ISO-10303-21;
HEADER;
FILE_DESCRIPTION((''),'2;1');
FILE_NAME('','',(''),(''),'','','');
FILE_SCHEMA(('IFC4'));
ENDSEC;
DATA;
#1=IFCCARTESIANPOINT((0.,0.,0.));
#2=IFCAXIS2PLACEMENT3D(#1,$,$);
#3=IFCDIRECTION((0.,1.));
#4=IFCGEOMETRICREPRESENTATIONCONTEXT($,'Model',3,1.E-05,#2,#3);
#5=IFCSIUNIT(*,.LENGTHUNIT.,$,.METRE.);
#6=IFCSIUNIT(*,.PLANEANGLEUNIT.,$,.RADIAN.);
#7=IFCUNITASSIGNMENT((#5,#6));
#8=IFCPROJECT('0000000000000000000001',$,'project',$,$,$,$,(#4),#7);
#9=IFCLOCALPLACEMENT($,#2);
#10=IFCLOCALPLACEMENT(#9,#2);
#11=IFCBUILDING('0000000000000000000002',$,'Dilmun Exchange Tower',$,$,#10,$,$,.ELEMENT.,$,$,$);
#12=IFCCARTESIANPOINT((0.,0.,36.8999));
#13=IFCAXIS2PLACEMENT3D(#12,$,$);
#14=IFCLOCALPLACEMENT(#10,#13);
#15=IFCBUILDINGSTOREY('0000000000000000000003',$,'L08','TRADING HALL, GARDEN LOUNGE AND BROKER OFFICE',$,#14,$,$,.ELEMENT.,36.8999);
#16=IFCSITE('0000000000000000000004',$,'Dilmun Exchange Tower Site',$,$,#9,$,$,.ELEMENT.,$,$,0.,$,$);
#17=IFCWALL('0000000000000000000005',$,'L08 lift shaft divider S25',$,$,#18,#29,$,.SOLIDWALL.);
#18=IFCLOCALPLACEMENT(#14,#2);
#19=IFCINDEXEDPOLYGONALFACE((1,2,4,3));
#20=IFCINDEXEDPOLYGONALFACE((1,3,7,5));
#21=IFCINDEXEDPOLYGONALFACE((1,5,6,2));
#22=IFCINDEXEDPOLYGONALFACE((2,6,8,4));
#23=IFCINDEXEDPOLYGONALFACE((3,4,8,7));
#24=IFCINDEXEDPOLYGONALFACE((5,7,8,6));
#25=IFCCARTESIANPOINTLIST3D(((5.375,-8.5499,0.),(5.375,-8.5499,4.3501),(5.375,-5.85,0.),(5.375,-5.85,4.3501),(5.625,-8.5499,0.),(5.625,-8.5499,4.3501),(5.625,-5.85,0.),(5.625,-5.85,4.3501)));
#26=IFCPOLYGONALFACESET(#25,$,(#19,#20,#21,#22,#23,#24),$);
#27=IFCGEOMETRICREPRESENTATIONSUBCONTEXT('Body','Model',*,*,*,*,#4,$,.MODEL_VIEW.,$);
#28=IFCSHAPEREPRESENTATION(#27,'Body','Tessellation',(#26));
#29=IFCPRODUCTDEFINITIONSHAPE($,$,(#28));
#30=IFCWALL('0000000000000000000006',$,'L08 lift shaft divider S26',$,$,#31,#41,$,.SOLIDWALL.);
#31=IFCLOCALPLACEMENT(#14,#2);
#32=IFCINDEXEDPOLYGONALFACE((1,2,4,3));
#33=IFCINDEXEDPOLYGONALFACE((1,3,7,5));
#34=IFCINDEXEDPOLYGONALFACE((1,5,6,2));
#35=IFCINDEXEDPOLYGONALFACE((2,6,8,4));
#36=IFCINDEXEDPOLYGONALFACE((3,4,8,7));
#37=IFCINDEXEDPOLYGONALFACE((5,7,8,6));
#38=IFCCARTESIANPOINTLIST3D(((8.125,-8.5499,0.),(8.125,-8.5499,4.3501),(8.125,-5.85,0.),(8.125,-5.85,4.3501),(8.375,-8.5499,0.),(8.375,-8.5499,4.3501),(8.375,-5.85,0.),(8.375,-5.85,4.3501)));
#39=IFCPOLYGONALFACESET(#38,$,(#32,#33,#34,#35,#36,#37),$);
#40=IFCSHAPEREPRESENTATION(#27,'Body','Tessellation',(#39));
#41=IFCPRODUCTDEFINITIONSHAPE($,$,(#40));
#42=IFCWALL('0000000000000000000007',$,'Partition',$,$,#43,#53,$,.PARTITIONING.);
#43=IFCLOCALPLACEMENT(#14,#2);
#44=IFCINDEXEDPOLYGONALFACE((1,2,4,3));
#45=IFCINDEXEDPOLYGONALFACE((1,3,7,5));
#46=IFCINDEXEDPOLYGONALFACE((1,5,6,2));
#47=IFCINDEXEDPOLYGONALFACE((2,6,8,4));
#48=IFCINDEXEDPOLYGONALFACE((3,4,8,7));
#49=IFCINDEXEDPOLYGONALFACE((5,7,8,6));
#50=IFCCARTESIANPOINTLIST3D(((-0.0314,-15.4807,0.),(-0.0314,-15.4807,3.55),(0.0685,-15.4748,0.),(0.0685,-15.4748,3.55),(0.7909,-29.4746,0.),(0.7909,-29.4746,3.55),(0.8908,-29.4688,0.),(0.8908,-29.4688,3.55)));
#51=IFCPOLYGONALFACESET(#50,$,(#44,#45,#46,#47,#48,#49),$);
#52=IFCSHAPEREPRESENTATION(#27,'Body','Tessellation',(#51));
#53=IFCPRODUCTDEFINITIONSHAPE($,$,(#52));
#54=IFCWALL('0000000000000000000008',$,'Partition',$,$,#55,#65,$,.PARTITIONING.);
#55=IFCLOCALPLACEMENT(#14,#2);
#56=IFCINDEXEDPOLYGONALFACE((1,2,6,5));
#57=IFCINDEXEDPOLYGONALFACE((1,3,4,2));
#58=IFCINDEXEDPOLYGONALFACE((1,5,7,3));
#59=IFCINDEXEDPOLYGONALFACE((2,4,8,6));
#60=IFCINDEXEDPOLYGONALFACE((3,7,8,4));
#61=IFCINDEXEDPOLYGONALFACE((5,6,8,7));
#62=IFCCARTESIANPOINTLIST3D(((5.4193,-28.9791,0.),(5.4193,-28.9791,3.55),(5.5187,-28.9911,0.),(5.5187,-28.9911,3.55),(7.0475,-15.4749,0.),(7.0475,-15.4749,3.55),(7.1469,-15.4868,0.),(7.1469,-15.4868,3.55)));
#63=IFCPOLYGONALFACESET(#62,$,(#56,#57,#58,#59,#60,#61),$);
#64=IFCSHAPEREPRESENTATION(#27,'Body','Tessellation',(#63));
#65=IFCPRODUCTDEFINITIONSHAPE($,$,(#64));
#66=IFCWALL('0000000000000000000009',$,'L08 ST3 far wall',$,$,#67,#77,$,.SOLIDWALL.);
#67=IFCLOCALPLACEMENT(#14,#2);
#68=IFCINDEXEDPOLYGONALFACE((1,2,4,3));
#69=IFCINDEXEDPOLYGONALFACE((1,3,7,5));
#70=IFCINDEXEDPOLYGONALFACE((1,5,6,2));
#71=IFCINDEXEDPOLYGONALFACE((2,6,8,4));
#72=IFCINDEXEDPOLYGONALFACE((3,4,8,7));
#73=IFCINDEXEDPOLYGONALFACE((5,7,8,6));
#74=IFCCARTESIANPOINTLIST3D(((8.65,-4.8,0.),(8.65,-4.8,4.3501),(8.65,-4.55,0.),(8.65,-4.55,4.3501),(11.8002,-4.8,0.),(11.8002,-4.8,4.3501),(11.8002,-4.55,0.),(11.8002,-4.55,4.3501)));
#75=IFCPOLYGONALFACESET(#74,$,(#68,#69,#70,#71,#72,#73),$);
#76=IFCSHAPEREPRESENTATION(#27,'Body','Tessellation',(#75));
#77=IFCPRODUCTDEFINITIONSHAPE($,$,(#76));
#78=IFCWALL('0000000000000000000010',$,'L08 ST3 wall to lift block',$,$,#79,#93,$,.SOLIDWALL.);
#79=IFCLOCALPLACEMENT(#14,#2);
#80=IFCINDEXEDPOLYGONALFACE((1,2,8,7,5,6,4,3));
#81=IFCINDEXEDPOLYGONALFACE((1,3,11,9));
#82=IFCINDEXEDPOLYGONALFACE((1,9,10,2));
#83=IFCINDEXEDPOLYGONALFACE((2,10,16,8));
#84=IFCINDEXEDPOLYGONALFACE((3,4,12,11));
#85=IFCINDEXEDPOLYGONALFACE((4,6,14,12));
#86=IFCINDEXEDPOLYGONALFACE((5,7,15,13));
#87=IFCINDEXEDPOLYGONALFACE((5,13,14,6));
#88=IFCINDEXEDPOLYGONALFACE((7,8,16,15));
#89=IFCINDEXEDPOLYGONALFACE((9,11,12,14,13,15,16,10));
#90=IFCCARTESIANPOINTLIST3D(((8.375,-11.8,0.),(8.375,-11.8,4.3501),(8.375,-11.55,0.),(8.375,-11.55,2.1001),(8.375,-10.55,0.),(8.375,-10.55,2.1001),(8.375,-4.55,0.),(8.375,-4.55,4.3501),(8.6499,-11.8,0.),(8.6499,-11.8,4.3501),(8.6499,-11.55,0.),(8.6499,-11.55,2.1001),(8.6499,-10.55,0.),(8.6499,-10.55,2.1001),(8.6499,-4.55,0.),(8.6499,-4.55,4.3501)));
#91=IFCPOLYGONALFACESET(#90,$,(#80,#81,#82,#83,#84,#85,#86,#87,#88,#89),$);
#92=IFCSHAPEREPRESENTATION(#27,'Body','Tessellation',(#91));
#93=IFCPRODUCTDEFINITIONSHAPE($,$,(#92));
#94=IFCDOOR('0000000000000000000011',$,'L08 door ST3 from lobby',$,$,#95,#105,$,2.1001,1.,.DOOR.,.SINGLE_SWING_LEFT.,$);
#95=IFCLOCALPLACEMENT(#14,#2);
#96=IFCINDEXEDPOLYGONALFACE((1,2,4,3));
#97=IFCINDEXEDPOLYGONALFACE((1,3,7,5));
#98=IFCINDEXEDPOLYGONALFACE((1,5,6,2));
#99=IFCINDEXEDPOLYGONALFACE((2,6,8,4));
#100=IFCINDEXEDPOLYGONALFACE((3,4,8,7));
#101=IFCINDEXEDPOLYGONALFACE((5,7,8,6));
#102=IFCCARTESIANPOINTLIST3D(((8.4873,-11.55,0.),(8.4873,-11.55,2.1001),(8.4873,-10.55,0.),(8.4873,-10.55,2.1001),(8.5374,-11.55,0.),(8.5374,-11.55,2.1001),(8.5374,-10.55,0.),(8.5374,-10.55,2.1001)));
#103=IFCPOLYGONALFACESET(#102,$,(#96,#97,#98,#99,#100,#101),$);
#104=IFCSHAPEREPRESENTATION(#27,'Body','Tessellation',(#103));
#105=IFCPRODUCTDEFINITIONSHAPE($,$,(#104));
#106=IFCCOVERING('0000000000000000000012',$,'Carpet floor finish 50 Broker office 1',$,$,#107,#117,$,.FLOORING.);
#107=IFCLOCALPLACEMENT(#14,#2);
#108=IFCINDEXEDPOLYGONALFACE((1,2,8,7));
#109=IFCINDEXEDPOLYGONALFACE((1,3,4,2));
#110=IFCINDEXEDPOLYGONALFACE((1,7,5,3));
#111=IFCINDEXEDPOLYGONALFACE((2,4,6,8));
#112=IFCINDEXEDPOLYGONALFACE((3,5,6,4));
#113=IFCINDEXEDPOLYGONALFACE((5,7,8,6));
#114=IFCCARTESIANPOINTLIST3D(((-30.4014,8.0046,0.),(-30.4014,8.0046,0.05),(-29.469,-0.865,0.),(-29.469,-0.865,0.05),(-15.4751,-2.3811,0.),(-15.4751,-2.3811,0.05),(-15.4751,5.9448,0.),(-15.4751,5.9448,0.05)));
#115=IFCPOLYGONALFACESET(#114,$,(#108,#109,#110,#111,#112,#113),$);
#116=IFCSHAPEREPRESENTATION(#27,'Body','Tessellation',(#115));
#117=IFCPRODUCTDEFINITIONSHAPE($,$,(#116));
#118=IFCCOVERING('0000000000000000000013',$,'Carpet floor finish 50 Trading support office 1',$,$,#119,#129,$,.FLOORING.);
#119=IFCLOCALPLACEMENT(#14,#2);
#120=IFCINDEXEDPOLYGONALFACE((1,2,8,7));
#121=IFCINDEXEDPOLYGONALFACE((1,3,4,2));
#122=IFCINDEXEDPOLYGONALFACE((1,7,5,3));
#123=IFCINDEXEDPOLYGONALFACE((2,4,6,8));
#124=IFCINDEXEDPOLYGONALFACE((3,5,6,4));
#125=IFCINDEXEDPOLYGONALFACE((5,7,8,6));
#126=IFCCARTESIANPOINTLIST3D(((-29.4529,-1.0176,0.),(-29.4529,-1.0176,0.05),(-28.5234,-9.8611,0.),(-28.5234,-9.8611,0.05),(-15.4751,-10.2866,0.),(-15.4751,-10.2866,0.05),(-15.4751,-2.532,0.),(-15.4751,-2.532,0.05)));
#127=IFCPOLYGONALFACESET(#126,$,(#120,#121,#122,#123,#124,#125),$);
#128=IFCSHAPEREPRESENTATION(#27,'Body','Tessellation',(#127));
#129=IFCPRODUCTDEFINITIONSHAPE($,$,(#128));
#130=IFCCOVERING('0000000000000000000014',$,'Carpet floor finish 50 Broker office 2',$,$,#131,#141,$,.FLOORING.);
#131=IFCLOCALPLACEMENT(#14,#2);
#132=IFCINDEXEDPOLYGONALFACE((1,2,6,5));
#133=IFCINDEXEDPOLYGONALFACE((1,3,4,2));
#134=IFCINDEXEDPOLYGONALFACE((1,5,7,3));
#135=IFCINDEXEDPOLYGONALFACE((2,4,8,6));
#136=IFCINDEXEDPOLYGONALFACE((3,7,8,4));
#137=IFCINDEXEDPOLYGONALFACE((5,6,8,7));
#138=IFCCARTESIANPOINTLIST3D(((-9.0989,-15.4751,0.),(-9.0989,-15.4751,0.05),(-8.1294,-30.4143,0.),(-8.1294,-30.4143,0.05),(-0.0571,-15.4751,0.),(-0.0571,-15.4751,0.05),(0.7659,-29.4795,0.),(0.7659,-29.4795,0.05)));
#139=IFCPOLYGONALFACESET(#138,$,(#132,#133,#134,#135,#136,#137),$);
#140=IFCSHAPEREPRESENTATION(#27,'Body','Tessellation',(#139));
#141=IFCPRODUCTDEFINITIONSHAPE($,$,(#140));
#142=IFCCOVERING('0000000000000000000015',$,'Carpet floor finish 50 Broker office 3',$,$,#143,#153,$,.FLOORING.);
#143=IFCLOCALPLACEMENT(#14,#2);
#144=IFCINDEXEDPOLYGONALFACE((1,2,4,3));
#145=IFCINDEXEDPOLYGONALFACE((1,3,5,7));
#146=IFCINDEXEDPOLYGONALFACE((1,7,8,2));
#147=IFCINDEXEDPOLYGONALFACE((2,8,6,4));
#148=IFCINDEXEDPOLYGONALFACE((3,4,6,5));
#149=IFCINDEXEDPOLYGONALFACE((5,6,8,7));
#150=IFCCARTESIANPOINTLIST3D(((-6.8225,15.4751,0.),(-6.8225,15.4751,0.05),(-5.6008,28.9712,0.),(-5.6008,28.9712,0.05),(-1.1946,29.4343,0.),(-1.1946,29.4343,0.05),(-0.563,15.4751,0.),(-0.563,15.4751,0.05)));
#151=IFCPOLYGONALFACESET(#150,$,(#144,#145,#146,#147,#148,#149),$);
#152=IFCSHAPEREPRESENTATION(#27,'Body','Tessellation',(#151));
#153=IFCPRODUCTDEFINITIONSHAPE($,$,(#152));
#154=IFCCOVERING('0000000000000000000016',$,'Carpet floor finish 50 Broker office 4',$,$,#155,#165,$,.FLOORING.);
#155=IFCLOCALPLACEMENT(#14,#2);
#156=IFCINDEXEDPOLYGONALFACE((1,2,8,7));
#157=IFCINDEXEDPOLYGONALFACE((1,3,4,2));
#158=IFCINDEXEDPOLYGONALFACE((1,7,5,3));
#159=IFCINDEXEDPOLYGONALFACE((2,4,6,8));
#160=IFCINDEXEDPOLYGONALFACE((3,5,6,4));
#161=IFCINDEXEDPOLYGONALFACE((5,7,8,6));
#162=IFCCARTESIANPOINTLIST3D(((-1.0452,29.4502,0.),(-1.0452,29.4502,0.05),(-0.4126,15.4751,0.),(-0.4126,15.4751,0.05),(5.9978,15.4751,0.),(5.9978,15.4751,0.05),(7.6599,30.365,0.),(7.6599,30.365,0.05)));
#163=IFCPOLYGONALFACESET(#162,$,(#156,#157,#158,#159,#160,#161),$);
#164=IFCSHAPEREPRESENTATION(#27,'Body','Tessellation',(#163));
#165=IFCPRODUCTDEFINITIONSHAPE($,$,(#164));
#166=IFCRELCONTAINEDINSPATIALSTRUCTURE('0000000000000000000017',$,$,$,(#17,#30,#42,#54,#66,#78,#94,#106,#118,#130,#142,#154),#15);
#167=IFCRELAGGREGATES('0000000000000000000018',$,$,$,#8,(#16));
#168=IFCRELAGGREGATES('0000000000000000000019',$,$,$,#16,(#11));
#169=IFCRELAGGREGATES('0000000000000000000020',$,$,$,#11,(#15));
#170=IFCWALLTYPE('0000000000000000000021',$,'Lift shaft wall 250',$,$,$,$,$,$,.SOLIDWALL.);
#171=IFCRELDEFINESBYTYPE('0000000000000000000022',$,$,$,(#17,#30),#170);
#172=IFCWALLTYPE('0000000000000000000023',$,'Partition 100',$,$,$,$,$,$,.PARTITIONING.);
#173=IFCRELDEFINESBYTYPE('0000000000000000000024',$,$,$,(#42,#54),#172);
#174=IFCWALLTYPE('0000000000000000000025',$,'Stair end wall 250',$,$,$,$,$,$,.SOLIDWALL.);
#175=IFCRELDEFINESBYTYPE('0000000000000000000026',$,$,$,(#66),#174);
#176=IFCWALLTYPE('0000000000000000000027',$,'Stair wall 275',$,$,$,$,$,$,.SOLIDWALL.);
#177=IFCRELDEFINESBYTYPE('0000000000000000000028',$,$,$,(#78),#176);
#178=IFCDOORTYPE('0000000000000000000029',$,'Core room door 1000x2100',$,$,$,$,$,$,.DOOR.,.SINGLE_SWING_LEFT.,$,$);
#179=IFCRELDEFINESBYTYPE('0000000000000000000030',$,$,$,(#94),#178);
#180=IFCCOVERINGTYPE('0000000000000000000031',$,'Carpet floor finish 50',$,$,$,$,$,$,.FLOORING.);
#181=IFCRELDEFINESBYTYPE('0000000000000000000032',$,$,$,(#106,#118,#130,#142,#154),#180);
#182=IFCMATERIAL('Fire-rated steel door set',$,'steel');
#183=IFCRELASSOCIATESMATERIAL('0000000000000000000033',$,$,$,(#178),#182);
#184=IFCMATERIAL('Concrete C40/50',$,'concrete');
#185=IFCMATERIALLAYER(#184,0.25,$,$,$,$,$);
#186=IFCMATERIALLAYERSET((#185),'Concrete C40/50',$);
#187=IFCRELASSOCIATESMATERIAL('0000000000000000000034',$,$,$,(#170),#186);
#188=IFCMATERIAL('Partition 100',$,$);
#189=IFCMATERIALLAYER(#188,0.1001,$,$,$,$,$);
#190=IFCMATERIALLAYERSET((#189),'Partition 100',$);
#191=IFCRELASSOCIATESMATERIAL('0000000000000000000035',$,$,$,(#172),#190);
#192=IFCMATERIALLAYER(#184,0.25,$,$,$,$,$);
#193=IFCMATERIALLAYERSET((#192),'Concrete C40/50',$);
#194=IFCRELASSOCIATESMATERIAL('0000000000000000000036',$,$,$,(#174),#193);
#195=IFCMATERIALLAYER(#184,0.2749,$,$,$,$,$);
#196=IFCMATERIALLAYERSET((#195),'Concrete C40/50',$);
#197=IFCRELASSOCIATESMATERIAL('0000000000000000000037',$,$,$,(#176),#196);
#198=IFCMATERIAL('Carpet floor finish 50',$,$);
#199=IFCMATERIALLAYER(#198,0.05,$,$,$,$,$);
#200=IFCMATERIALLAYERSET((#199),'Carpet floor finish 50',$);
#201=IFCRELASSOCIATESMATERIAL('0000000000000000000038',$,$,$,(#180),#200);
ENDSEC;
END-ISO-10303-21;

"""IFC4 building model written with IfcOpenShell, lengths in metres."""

from ifc_helpers import new_model, si_unit, direction, frame, frame_2d, origin, place, context, subcontext, project, spatial, polyline, rectangle, outline, extrude, material, layer, layer_set, type_object, element, fill, save


model = new_model("IFC4")

# Units and contexts
model_context = context("Model", 3, precision=1e-05, world=origin(), true_north=direction((0.0, 1.0)))
body_context = subcontext(model_context, "Body", "Model", "MODEL_VIEW")
ifc_project = project(units=[si_unit("LENGTHUNIT", "METRE"), si_unit("PLANEANGLEUNIT", "RADIAN")], contexts=[model_context])

# Site, building, storey
site_placement = place(None, origin())
site = spatial("IfcSite", under=ifc_project, at=site_placement, Name="Dilmun Exchange Tower Site", CompositionType="ELEMENT", RefElevation=0.0)
building_placement = place(site_placement, origin())
building = spatial("IfcBuilding", under=site, at=building_placement, Name="Dilmun Exchange Tower", CompositionType="ELEMENT")
storey_placement = place(building_placement, frame((0.0, 0.0, 36.8999)))
storey = spatial("IfcBuildingStorey", under=building, at=storey_placement, Name="L08", Description="TRADING HALL, GARDEN LOUNGE AND BROKER OFFICE", CompositionType="ELEMENT", Elevation=36.8999)

# Shared definitions
ifc_material_1 = material(Name="Concrete C40/50", Category="concrete")

# Shared definitions
ifc_material_2 = material(Name="Fire-rated steel door set", Category="steel")
door_type_1 = type_object("IfcDoorType", Name="Core room door 1000x2100", OperationType="SINGLE_SWING_LEFT", PredefinedType="DOOR", material=ifc_material_2)

# Walls
ifc_layer_1 = layer(ifc_material_1, 0.25)
ifc_layer_set_1 = layer_set([ifc_layer_1], Name="Concrete C40/50")
wall_type_1 = type_object("IfcWallType", Name="Lift shaft wall 250", PredefinedType="SOLIDWALL", material=ifc_layer_set_1)
for number, where, z_axis, x_axis, name in (
    (1, (5.5, -8.55, 0.0), (0.0, 0.0, 1.0), (0.0, 1.0, 0.0), "L08 lift shaft divider S25"),
    (2, (8.25, -8.55, 0.0), (0.0, 0.0, 1.0), (0.0, 1.0, 0.0), "L08 lift shaft divider S26"),
):
    element("IfcWall", number, at=place(storey_placement, frame(where, z_axis=z_axis, x_axis=x_axis)), inside=storey, type_object=wall_type_1, Name=name, PredefinedType="SOLIDWALL", context=body_context, shape_type="SweptSolid", body=[
        extrude(rectangle(XDim=2.7, YDim=0.25, at=frame_2d((1.3501, 0.0))), origin(), (0.0, 0.0, 1.0), 4.3501),
    ])
ifc_material_3 = material(Name="Partition 100")
ifc_layer_2 = layer(ifc_material_3, 0.1001)
ifc_layer_set_2 = layer_set([ifc_layer_2], Name="Partition 100")
wall_type_2 = type_object("IfcWallType", Name="Partition 100", PredefinedType="PARTITIONING", material=ifc_layer_set_2)
wall_1_placement = place(storey_placement, frame((0.0186, -15.4778, 0.0), z_axis=(0.0, 0.0, 1.0), x_axis=(0.058658, -0.998278, 0.0)))
element("IfcWall", 3, at=wall_1_placement, inside=storey, type_object=wall_type_2, Name="Partition", PredefinedType="PARTITIONING", context=body_context, shape_type="SweptSolid", body=[
    extrude(rectangle(XDim=14.0181, YDim=0.1001, at=frame_2d((7.009, 0.0))), origin(), (0.0, 0.0, 1.0), 3.55),
])
wall_2_placement = place(storey_placement, frame((5.469, -28.9851, 0.0), z_axis=(0.0, 0.0, 1.0), x_axis=(0.119702, 0.99281, 0.0)))
element("IfcWall", 4, at=wall_2_placement, inside=storey, type_object=wall_type_2, Name="Partition", PredefinedType="PARTITIONING", context=body_context, shape_type="SweptSolid", body=[
    extrude(rectangle(XDim=13.6021, YDim=0.1001, at=frame_2d((6.801, 0.0))), origin(), (0.0, 0.0, 1.0), 3.55),
])
ifc_layer_3 = layer(ifc_material_1, 0.25)
ifc_layer_set_3 = layer_set([ifc_layer_3], Name="Concrete C40/50")
wall_type_3 = type_object("IfcWallType", Name="Stair end wall 250", PredefinedType="SOLIDWALL", material=ifc_layer_set_3)
wall_3_placement = place(storey_placement, frame((8.6499, -4.675, 0.0), z_axis=(0.0, 0.0, 1.0), x_axis=(1.0, 0.0, 0.0)))
element("IfcWall", 5, at=wall_3_placement, inside=storey, type_object=wall_type_3, Name="L08 ST3 far wall", PredefinedType="SOLIDWALL", context=body_context, shape_type="SweptSolid", body=[
    extrude(rectangle(XDim=3.1501, YDim=0.25, at=frame_2d((1.5752, 0.0))), origin(), (0.0, 0.0, 1.0), 4.3501),
])

# Wall, opening, door
ifc_layer_4 = layer(ifc_material_1, 0.2749)
ifc_layer_set_4 = layer_set([ifc_layer_4], Name="Concrete C40/50")
wall_type_4 = type_object("IfcWallType", Name="Stair wall 275", PredefinedType="SOLIDWALL", material=ifc_layer_set_4)
wall_4_placement = place(storey_placement, frame((8.5125, -4.55, 0.0), z_axis=(0.0, 0.0, 1.0), x_axis=(0.0, -1.0, 0.0)))
wall_4 = element("IfcWall", 6, at=wall_4_placement, inside=storey, type_object=wall_type_4, Name="L08 ST3 wall to lift block", PredefinedType="SOLIDWALL", context=body_context, shape_type="SweptSolid", body=[
    extrude(rectangle(XDim=7.25, YDim=0.2749, at=frame_2d((3.625, 0.0))), origin(), (0.0, 0.0, 1.0), 4.3501),
])
opening_1_placement = place(wall_4_placement, frame((6.0, 0.0, 0.0)))
opening_1 = element("IfcOpeningElement", 7, at=opening_1_placement, cuts=wall_4, PredefinedType="OPENING", context=body_context, shape_type="SweptSolid", body=[
    extrude(rectangle(XDim=1.0, YDim=2.1001, at=frame_2d((0.5, 1.05))), frame((0.0, 0.1475, 0.0), z_axis=(0.0, -1.0, 0.0), x_axis=(1.0, 0.0, 0.0)), (0.0, 0.0, 1.0), 0.2949),
])
door_1_placement = place(opening_1_placement, origin())
door_1 = element("IfcDoor", 8, at=door_1_placement, inside=storey, type_object=door_type_1, Name="L08 door ST3 from lobby", OperationType="SINGLE_SWING_LEFT", OverallHeight=2.1001, OverallWidth=1.0, PredefinedType="DOOR", context=body_context, shape_type="SweptSolid", body=[
    extrude(rectangle(XDim=1.0, YDim=2.1001, at=frame_2d((0.5, 1.05))), frame((0.0, 0.0249, 0.0), z_axis=(0.0, -1.0, 0.0), x_axis=(1.0, 0.0, 0.0)), (0.0, 0.0, 1.0), 0.05),
])
fill(opening_1, door_1)

# Coverings
ifc_material_4 = material(Name="Carpet floor finish 50")
ifc_layer_5 = layer(ifc_material_4, 0.05)
ifc_layer_set_5 = layer_set([ifc_layer_5], Name="Carpet floor finish 50")
covering_type_1 = type_object("IfcCoveringType", Name="Carpet floor finish 50", PredefinedType="FLOORING", material=ifc_layer_set_5)
covering_1_placement = place(storey_placement, origin())
element("IfcCovering", 9, at=covering_1_placement, inside=storey, type_object=covering_type_1, Name="Carpet floor finish 50 Broker office 1", PredefinedType="FLOORING", context=body_context, shape_type="SweptSolid", body=[
    extrude(outline(polyline([(-15.4751, 5.9448), (-15.4751, -2.3811), (-29.469, -0.865), (-30.4014, 8.0046), (-15.4751, 5.9448)])), origin(), (0.0, 0.0, 1.0), 0.05),
])
covering_2_placement = place(storey_placement, origin())
element("IfcCovering", 10, at=covering_2_placement, inside=storey, type_object=covering_type_1, Name="Carpet floor finish 50 Trading support office 1", PredefinedType="FLOORING", context=body_context, shape_type="SweptSolid", body=[
    extrude(outline(polyline([(-15.4751, -2.532), (-15.4751, -10.2866), (-28.5234, -9.8611), (-29.4529, -1.0176), (-15.4751, -2.532)])), origin(), (0.0, 0.0, 1.0), 0.05),
])
covering_3_placement = place(storey_placement, origin())
element("IfcCovering", 11, at=covering_3_placement, inside=storey, type_object=covering_type_1, Name="Carpet floor finish 50 Broker office 2", PredefinedType="FLOORING", context=body_context, shape_type="SweptSolid", body=[
    extrude(outline(polyline([(-9.0989, -15.4751), (-0.0571, -15.4751), (0.7659, -29.4795), (-8.1294, -30.4143), (-9.0989, -15.4751)])), origin(), (0.0, 0.0, 1.0), 0.05),
])
covering_4_placement = place(storey_placement, origin())
element("IfcCovering", 12, at=covering_4_placement, inside=storey, type_object=covering_type_1, Name="Carpet floor finish 50 Broker office 3", PredefinedType="FLOORING", context=body_context, shape_type="SweptSolid", body=[
    extrude(outline(polyline([(-0.563, 15.4751), (-6.8225, 15.4751), (-5.6008, 28.9712), (-1.1946, 29.4343), (-0.563, 15.4751)])), origin(), (0.0, 0.0, 1.0), 0.05),
])
covering_5_placement = place(storey_placement, origin())
element("IfcCovering", 13, at=covering_5_placement, inside=storey, type_object=covering_type_1, Name="Carpet floor finish 50 Broker office 4", PredefinedType="FLOORING", context=body_context, shape_type="SweptSolid", body=[
    extrude(outline(polyline([(5.9978, 15.4751), (-0.4126, 15.4751), (-1.0452, 29.4502), (7.6599, 30.365), (5.9978, 15.4751)])), origin(), (0.0, 0.0, 1.0), 0.05),
])

save(model, "model.ifc")
